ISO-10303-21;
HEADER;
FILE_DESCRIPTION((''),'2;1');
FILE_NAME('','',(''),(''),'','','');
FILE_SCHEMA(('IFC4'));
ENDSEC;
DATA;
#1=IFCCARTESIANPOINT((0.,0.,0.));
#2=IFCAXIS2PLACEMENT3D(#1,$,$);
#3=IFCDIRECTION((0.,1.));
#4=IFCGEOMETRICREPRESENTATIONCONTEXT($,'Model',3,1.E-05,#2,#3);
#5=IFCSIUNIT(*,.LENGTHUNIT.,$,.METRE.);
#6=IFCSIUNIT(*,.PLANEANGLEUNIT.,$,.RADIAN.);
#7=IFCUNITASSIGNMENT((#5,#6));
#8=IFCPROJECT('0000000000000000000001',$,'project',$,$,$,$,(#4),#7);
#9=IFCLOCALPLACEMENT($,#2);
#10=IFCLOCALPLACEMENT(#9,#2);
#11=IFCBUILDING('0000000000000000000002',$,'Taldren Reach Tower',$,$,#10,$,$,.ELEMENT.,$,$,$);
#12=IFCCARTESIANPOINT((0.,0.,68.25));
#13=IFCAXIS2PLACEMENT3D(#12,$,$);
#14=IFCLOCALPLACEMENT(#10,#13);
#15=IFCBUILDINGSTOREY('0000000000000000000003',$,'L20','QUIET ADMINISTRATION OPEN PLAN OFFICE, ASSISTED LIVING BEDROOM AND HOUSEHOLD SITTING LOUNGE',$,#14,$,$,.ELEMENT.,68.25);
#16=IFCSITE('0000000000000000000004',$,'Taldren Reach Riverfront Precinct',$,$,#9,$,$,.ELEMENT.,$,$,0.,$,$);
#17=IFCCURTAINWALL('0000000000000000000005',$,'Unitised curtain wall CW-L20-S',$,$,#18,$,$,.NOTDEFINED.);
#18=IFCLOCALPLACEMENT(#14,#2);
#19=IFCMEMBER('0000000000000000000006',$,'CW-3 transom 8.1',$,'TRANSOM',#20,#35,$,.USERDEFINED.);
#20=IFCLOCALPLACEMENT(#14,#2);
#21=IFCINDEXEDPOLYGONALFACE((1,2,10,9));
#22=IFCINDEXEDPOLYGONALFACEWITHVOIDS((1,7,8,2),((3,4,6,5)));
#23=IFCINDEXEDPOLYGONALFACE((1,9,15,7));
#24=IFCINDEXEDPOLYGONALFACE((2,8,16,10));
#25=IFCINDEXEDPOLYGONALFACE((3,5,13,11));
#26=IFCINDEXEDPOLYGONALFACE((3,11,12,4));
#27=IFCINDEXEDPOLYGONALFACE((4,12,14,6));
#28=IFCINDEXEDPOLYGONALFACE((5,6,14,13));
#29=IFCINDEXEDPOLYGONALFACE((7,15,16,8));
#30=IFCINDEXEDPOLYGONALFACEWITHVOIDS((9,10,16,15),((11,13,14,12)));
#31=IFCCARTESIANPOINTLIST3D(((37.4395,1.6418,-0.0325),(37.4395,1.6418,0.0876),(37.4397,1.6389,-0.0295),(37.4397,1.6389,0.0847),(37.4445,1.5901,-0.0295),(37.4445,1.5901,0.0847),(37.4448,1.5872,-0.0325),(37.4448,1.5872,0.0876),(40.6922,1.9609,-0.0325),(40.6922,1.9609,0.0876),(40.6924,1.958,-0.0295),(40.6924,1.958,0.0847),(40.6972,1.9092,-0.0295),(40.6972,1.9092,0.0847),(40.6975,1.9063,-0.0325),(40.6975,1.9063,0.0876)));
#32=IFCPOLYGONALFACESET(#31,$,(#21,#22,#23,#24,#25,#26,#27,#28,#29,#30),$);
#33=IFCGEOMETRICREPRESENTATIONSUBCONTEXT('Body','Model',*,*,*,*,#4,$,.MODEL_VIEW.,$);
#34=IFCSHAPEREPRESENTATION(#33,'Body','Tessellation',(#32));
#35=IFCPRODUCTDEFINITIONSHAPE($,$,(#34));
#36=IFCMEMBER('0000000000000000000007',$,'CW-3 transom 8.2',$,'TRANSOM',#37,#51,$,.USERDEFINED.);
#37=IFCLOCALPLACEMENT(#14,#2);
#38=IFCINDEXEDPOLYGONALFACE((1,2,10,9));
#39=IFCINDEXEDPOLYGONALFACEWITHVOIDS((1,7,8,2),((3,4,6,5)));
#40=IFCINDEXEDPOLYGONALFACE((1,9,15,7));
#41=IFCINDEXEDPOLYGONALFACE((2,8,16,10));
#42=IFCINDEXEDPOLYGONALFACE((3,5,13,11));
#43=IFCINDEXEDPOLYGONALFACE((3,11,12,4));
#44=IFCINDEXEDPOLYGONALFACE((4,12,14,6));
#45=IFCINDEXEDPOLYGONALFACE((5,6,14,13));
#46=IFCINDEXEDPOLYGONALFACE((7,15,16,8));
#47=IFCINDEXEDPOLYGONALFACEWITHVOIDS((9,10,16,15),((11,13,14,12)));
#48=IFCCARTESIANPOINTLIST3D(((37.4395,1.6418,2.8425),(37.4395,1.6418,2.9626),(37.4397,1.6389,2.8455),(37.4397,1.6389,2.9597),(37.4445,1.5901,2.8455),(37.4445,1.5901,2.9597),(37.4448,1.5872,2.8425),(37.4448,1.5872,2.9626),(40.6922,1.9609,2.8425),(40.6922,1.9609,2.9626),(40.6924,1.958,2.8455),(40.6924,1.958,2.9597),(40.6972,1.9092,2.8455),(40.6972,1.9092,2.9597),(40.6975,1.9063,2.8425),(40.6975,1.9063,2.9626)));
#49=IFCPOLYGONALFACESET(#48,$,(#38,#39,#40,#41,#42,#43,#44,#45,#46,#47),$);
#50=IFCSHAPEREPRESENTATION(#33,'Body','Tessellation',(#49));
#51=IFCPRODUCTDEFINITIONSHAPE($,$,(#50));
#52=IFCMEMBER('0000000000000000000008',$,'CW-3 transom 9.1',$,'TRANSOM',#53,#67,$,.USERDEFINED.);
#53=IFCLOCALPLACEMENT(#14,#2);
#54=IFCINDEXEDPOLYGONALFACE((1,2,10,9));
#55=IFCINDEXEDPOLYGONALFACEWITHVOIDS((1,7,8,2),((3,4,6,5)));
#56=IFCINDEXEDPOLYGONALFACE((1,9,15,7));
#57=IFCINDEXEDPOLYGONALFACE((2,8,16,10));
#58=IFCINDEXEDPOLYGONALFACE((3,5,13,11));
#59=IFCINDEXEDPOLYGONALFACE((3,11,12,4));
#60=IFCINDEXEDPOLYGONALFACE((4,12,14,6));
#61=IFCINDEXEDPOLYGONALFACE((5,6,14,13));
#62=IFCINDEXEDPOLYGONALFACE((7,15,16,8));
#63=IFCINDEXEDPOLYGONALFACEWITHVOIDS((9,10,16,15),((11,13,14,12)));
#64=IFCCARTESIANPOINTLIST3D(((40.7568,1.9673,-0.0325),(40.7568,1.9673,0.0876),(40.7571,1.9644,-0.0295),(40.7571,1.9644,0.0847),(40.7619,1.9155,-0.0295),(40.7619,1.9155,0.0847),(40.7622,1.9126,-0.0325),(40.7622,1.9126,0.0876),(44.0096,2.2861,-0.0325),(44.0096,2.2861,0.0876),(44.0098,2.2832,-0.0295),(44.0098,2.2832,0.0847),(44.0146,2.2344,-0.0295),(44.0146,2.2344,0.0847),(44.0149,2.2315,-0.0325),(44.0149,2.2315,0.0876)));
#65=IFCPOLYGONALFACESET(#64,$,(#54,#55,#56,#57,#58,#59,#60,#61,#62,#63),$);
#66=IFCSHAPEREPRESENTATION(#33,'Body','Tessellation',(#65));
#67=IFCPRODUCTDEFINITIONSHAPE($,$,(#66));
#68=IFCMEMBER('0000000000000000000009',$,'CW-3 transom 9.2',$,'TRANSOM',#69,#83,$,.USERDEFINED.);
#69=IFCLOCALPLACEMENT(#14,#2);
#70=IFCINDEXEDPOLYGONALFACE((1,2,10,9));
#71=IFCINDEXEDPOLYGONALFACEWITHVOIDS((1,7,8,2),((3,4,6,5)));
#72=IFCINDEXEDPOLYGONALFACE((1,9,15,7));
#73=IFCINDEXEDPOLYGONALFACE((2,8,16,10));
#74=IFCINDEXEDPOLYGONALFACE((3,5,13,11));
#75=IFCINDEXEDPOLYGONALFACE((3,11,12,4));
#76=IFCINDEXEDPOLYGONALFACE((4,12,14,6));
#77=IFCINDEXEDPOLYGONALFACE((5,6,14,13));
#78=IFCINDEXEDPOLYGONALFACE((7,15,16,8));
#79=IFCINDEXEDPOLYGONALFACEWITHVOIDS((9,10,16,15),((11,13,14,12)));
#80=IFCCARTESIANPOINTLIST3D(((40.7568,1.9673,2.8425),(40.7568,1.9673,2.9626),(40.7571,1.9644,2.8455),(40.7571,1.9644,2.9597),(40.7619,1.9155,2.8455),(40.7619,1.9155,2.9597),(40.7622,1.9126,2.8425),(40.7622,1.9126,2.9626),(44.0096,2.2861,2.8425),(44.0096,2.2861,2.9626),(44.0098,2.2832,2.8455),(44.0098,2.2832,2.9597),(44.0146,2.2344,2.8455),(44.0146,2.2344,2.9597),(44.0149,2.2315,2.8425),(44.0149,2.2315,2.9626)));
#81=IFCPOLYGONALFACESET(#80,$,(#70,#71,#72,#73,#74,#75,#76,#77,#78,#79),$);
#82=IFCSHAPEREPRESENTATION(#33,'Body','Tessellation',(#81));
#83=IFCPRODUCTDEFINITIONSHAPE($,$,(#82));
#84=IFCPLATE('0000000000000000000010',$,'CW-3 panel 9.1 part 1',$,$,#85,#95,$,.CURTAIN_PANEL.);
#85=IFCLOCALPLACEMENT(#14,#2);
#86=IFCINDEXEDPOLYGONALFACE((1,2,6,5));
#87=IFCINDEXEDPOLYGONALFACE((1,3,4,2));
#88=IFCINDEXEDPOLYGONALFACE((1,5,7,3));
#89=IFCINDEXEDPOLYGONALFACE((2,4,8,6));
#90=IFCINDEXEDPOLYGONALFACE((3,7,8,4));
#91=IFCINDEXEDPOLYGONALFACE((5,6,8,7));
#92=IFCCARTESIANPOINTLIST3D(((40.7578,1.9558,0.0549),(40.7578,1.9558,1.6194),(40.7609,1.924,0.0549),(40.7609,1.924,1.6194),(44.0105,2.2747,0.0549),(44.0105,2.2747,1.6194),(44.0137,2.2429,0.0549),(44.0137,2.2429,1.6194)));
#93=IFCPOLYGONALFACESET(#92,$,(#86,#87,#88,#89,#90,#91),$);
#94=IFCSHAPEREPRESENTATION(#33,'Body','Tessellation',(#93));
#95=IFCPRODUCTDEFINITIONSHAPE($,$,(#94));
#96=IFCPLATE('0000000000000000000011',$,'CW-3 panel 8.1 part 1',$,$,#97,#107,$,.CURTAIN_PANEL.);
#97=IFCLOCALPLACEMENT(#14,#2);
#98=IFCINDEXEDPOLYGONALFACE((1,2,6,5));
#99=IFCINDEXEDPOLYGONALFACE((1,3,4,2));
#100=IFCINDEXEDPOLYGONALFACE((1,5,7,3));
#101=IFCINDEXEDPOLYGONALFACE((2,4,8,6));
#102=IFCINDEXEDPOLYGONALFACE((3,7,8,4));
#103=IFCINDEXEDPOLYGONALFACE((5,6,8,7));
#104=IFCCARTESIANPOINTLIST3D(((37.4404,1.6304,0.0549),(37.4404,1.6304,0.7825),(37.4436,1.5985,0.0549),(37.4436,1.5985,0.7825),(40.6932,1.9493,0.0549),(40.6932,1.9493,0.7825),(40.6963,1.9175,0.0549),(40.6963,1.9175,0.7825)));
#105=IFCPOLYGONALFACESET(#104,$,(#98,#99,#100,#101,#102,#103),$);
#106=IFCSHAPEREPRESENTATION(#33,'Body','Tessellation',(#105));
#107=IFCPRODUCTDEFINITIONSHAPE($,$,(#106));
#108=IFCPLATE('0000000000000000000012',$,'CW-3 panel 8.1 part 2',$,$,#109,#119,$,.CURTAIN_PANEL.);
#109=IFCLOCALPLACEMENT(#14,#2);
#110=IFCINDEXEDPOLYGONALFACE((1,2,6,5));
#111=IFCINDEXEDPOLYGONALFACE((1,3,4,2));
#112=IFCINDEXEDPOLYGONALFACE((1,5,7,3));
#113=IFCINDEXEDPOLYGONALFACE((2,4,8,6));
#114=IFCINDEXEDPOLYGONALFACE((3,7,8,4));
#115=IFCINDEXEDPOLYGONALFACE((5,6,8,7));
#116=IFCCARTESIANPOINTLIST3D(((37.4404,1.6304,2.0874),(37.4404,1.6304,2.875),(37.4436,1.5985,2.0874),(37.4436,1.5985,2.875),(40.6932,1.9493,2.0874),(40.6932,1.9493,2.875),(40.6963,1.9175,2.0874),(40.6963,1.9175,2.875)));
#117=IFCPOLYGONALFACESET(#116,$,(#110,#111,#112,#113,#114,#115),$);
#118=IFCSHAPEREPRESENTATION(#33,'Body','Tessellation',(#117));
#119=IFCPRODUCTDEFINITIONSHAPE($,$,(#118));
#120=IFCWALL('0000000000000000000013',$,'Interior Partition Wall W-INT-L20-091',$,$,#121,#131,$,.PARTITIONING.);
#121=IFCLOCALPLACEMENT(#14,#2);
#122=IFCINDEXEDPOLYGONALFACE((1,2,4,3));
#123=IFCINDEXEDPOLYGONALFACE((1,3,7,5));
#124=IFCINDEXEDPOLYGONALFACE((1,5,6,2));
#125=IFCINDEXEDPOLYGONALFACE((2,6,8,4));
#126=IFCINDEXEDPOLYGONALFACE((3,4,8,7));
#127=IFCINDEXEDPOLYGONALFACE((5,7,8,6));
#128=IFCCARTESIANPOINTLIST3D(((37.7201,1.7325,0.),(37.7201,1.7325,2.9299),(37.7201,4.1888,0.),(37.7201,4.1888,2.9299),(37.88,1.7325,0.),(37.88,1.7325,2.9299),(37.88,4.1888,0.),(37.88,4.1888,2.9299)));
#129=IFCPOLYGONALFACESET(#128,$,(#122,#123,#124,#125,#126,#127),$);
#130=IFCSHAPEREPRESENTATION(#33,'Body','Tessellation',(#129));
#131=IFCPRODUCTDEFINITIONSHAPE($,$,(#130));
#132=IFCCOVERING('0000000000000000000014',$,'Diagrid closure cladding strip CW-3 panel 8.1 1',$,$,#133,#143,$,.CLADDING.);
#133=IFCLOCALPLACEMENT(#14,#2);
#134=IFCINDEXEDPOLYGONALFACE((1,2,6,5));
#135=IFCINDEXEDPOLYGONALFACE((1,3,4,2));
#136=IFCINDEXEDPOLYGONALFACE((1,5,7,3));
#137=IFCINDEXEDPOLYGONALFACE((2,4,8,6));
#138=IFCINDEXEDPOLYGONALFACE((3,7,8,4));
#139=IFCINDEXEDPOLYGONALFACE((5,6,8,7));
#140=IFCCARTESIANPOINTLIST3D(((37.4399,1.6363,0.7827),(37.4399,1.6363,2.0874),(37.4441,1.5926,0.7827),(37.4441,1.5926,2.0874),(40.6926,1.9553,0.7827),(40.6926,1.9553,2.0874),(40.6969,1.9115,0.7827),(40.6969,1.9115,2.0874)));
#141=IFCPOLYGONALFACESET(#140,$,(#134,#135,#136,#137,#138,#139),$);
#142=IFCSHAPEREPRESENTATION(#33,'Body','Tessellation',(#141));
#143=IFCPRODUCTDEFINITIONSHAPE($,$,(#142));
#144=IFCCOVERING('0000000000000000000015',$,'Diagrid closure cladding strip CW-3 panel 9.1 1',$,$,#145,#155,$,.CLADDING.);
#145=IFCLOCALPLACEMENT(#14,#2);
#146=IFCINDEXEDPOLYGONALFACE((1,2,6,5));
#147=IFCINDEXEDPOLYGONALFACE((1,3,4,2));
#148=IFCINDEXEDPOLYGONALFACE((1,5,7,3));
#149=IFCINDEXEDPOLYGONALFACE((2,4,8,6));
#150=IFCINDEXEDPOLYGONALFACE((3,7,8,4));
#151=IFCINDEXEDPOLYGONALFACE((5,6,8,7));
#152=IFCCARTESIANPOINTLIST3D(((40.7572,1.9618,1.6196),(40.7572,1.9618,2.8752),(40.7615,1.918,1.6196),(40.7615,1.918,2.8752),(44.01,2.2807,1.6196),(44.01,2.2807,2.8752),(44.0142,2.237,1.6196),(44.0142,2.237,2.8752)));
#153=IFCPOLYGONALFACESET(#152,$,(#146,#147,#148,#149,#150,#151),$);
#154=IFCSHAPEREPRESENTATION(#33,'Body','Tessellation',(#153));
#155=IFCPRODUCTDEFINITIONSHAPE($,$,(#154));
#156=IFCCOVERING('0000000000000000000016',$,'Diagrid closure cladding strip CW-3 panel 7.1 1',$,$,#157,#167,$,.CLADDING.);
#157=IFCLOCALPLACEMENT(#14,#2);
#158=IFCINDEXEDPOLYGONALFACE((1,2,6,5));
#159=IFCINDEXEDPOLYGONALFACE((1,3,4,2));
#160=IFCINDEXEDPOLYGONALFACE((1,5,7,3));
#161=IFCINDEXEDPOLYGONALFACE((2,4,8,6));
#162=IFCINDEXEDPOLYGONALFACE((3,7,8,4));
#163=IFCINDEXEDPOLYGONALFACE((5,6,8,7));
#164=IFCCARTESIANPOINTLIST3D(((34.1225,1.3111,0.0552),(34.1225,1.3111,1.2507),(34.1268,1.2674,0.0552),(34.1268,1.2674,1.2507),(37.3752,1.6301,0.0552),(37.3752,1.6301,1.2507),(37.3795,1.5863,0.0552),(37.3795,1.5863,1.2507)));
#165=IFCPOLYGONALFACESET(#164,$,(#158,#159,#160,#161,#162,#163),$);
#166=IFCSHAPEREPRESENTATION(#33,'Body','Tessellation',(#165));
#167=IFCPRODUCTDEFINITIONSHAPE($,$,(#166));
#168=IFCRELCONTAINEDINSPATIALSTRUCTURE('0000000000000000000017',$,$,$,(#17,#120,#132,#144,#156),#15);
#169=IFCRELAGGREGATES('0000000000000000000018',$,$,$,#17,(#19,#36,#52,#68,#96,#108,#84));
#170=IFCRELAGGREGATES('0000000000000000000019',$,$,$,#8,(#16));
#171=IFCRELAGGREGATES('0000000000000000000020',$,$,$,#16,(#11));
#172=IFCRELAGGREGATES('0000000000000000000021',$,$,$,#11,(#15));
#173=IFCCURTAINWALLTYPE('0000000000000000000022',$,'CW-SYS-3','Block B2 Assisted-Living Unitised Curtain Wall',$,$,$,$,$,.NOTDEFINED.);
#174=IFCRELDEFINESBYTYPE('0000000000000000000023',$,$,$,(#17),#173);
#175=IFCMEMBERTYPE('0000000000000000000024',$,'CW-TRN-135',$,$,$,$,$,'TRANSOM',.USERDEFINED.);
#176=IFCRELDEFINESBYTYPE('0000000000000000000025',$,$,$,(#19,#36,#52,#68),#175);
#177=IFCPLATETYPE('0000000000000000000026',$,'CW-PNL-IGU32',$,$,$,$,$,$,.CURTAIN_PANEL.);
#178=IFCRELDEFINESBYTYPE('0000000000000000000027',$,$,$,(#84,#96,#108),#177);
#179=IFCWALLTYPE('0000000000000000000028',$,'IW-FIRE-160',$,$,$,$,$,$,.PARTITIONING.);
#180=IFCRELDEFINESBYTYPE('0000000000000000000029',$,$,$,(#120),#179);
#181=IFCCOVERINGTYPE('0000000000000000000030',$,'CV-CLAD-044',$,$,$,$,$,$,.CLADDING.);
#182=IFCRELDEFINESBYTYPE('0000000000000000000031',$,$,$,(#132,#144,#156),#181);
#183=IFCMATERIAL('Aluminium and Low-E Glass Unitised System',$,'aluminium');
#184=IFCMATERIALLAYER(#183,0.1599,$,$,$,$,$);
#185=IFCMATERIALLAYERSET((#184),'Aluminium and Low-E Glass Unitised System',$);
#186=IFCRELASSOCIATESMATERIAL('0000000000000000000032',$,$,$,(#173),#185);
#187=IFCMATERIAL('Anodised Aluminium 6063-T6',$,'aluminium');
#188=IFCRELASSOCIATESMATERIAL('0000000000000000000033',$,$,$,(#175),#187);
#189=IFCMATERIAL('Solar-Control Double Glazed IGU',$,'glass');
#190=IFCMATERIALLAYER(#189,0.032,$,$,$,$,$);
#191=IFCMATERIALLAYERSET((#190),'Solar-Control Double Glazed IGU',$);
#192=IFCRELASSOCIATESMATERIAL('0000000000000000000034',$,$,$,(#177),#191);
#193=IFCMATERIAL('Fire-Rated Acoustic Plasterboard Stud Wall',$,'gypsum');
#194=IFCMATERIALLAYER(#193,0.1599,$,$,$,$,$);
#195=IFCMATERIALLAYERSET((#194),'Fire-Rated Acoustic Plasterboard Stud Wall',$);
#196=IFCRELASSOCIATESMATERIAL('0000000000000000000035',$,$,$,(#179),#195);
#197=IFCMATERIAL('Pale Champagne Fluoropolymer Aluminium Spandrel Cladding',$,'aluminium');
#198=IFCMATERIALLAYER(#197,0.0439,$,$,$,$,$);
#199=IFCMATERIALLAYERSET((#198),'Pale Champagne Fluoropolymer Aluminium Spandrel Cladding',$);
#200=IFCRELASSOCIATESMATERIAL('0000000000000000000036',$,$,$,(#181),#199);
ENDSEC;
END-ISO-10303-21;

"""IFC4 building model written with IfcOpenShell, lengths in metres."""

from ifc_helpers import new_model, si_unit, direction, frame, frame_2d, origin, origin_2d, place, context, subcontext, project, spatial, rectangle, hollow_rectangle, extrude, source, transform, mapped, material, layer, layer_set, material_profile, profile_set, type_object, element, aggregate, save


model = new_model("IFC4")

# Units and contexts
model_context = context("Model", 3, precision=1e-05, world=origin(), true_north=direction((0.0, 1.0)))
body_context = subcontext(model_context, "Body", "Model", "MODEL_VIEW")
ifc_project = project(units=[si_unit("LENGTHUNIT", "METRE"), si_unit("PLANEANGLEUNIT", "RADIAN")], contexts=[model_context])

# Site, building, storey
site_placement = place(None, origin())
site = spatial("IfcSite", under=ifc_project, at=site_placement, Name="Taldren Reach Riverfront Precinct", CompositionType="ELEMENT", RefElevation=0.0)
building_placement = place(site_placement, origin())
building = spatial("IfcBuilding", under=site, at=building_placement, Name="Taldren Reach Tower", CompositionType="ELEMENT")
storey_placement = place(building_placement, frame((0.0, 0.0, 68.25)))
storey = spatial("IfcBuildingStorey", under=building, at=storey_placement, Name="L20", Description="QUIET ADMINISTRATION OPEN PLAN OFFICE, ASSISTED LIVING BEDROOM AND HOUSEHOLD SITTING LOUNGE", CompositionType="ELEMENT", Elevation=68.25)

# Curtain wall, members, plates
ifc_material_1 = material(Name="Aluminium and Low-E Glass Unitised System", Category="aluminium")
ifc_layer_1 = layer(ifc_material_1, 0.1599)
ifc_layer_set_1 = layer_set([ifc_layer_1], Name="Aluminium and Low-E Glass Unitised System")
curtain_wall_type = type_object("IfcCurtainWallType", Name="CW-SYS-3", Description="Block B2 Assisted-Living Unitised Curtain Wall", PredefinedType="NOTDEFINED", material=ifc_layer_set_1)
curtain_wall_placement = place(storey_placement, origin())
curtain_wall = element("IfcCurtainWall", 1, at=curtain_wall_placement, inside=storey, type_object=curtain_wall_type, Name="Unitised curtain wall CW-L20-S", PredefinedType="NOTDEFINED")
ifc_material_2 = material(Name="Anodised Aluminium 6063-T6", Category="aluminium")
ifc_material_profile_1 = material_profile(ifc_material_2, hollow_rectangle(XDim=0.0549, YDim=0.1201, WallThickness=0.0029, at=origin_2d()), Name="ALU-120x55x3RHS")
ifc_profile_set_1 = profile_set([ifc_material_profile_1], Name="Anodised Aluminium 6063-T6")
member_type_1 = type_object("IfcMemberType", Name="CW-TRN-135", ElementType="TRANSOM", PredefinedType="USERDEFINED", material=ifc_profile_set_1)
shared_shape_1 = source(origin(), body_context, "Body", "SweptSolid", [
    extrude(hollow_rectangle(XDim=0.0549, YDim=0.1201, WallThickness=0.0029, at=origin_2d()), origin(), (0.0, 0.0, 1.0), 3.2683),
])
member_1_placement = place(storey_placement, frame((37.4421, 1.6145, 0.0276), z_axis=(0.995223, 0.097632, 0.0), x_axis=(-0.097632, 0.995223, 0.0)))
member_1 = element("IfcMember", 2, at=member_1_placement, type_object=member_type_1, Name="CW-3 transom 8.1", ObjectType="TRANSOM", PredefinedType="USERDEFINED", context=body_context, shape_type="MappedRepresentation", body=[
    mapped(shared_shape_1, transform((0.0, 0.0, 0.0), scale=1.0)),
])
member_2_placement = place(storey_placement, frame((37.4421, 1.6145, 2.9026), z_axis=(0.995223, 0.097632, 0.0), x_axis=(-0.097632, 0.995223, 0.0)))
member_2 = element("IfcMember", 3, at=member_2_placement, type_object=member_type_1, Name="CW-3 transom 8.2", ObjectType="TRANSOM", PredefinedType="USERDEFINED", context=body_context, shape_type="MappedRepresentation", body=[
    mapped(shared_shape_1, transform((0.0, 0.0, 0.0), scale=1.0)),
])
member_3_placement = place(storey_placement, frame((40.7595, 1.9399, 0.0276), z_axis=(0.99523, 0.097558, 0.0), x_axis=(-0.097558, 0.99523, 0.0)))
member_3 = element("IfcMember", 4, at=member_3_placement, type_object=member_type_1, Name="CW-3 transom 9.1", ObjectType="TRANSOM", PredefinedType="USERDEFINED", context=body_context, shape_type="MappedRepresentation", body=[
    mapped(shared_shape_1, transform((0.0, 0.0, 0.0), scale=1.0)),
])
member_4_placement = place(storey_placement, frame((40.7595, 1.9399, 2.9026), z_axis=(0.99523, 0.097558, 0.0), x_axis=(-0.097558, 0.99523, 0.0)))
member_4 = element("IfcMember", 5, at=member_4_placement, type_object=member_type_1, Name="CW-3 transom 9.2", ObjectType="TRANSOM", PredefinedType="USERDEFINED", context=body_context, shape_type="MappedRepresentation", body=[
    mapped(shared_shape_1, transform((0.0, 0.0, 0.0), scale=1.0)),
])
ifc_material_3 = material(Name="Solar-Control Double Glazed IGU", Category="glass")
ifc_layer_2 = layer(ifc_material_3, 0.032)
ifc_layer_set_2 = layer_set([ifc_layer_2], Name="Solar-Control Double Glazed IGU")
plate_type = type_object("IfcPlateType", Name="CW-PNL-IGU32", PredefinedType="CURTAIN_PANEL", material=ifc_layer_set_2)
shared_shape_2 = source(origin(), body_context, "Body", "SweptSolid", [
    extrude(rectangle(XDim=3.2683, YDim=0.032, at=origin_2d()), origin(), (0.0, 0.0, 1.0), 1.5645),
])
plate_1_placement = place(storey_placement, frame((42.3857, 2.0994, 0.0549), z_axis=(0.0, 0.0, 1.0), x_axis=(0.995227, 0.097583, 0.0)))
plate_1 = element("IfcPlate", 6, at=plate_1_placement, type_object=plate_type, Name="CW-3 panel 9.1 part 1", PredefinedType="CURTAIN_PANEL", context=body_context, shape_type="MappedRepresentation", body=[
    mapped(shared_shape_2, transform((0.0, 0.0, 0.0), scale=1.0)),
])
shared_shape_3 = source(origin(), body_context, "Body", "SweptSolid", [
    extrude(rectangle(XDim=3.2683, YDim=0.032, at=origin_2d()), origin(), (0.0, 0.0, 1.0), 0.7275),
])
plate_2_placement = place(storey_placement, frame((39.0684, 1.7739, 0.0549), z_axis=(0.0, 0.0, 1.0), x_axis=(0.995227, 0.097583, 0.0)))
plate_2 = element("IfcPlate", 7, at=plate_2_placement, type_object=plate_type, Name="CW-3 panel 8.1 part 1", PredefinedType="CURTAIN_PANEL", context=body_context, shape_type="MappedRepresentation", body=[
    mapped(shared_shape_3, transform((0.0, 0.0, 0.0), scale=1.0)),
])
shared_shape_4 = source(origin(), body_context, "Body", "SweptSolid", [
    extrude(rectangle(XDim=3.2683, YDim=0.032, at=origin_2d()), origin(), (0.0, 0.0, 1.0), 0.7876),
])
plate_3_placement = place(storey_placement, frame((39.0684, 1.7739, 2.0874), z_axis=(0.0, 0.0, 1.0), x_axis=(0.995227, 0.097583, 0.0)))
plate_3 = element("IfcPlate", 8, at=plate_3_placement, type_object=plate_type, Name="CW-3 panel 8.1 part 2", PredefinedType="CURTAIN_PANEL", context=body_context, shape_type="MappedRepresentation", body=[
    mapped(shared_shape_4, transform((0.0, 0.0, 0.0), scale=1.0)),
])
aggregate(curtain_wall, [member_1, member_2, member_3, member_4, plate_2, plate_3, plate_1])

# Wall
ifc_material_4 = material(Name="Fire-Rated Acoustic Plasterboard Stud Wall", Category="gypsum")
ifc_layer_3 = layer(ifc_material_4, 0.1599)
ifc_layer_set_3 = layer_set([ifc_layer_3], Name="Fire-Rated Acoustic Plasterboard Stud Wall")
wall_type = type_object("IfcWallType", Name="IW-FIRE-160", PredefinedType="PARTITIONING", material=ifc_layer_set_3)
shared_shape_5 = source(origin(), body_context, "Body", "SweptSolid", [
    extrude(rectangle(XDim=2.4563, YDim=0.1599, at=frame_2d((1.228, 0.0))), origin(), (0.0, 0.0, 1.0), 2.9299),
])
wall_placement = place(storey_placement, frame((37.8, 4.1887, 0.0), z_axis=(0.0, 0.0, 1.0), x_axis=(0.0, -1.0, 0.0)))
element("IfcWall", 9, at=wall_placement, inside=storey, type_object=wall_type, Name="Interior Partition Wall W-INT-L20-091", PredefinedType="PARTITIONING", context=body_context, shape_type="MappedRepresentation", body=[
    mapped(shared_shape_5, transform((0.0, 0.0, 0.0), scale=1.0)),
])

# Coverings
ifc_material_5 = material(Name="Pale Champagne Fluoropolymer Aluminium Spandrel Cladding", Category="aluminium")
ifc_layer_4 = layer(ifc_material_5, 0.0439)
ifc_layer_set_4 = layer_set([ifc_layer_4], Name="Pale Champagne Fluoropolymer Aluminium Spandrel Cladding")
covering_type = type_object("IfcCoveringType", Name="CV-CLAD-044", PredefinedType="CLADDING", material=ifc_layer_set_4)
shared_shape_6 = source(origin(), body_context, "Body", "SweptSolid", [
    extrude(rectangle(XDim=3.2683, YDim=0.0439, at=origin_2d()), origin(), (0.0, 0.0, 1.0), 1.3047),
])
covering_1_placement = place(storey_placement, frame((39.0684, 1.7739, 0.7827), z_axis=(0.0, 0.0, 1.0), x_axis=(0.995227, 0.097583, 0.0)))
element("IfcCovering", 10, at=covering_1_placement, inside=storey, type_object=covering_type, Name="Diagrid closure cladding strip CW-3 panel 8.1 1", PredefinedType="CLADDING", context=body_context, shape_type="MappedRepresentation", body=[
    mapped(shared_shape_6, transform((0.0, 0.0, 0.0), scale=1.0)),
])
shared_shape_7 = source(origin(), body_context, "Body", "SweptSolid", [
    extrude(rectangle(XDim=3.2683, YDim=0.0439, at=origin_2d()), origin(), (0.0, 0.0, 1.0), 1.2556),
])
covering_2_placement = place(storey_placement, frame((42.3857, 2.0994, 1.6196), z_axis=(0.0, 0.0, 1.0), x_axis=(0.995227, 0.097583, 0.0)))
element("IfcCovering", 11, at=covering_2_placement, inside=storey, type_object=covering_type, Name="Diagrid closure cladding strip CW-3 panel 9.1 1", PredefinedType="CLADDING", context=body_context, shape_type="MappedRepresentation", body=[
    mapped(shared_shape_7, transform((0.0, 0.0, 0.0), scale=1.0)),
])
shared_shape_8 = source(origin(), body_context, "Body", "SweptSolid", [
    extrude(rectangle(XDim=3.2683, YDim=0.0439, at=origin_2d()), origin(), (0.0, 0.0, 1.0), 1.1956),
])
covering_3_placement = place(storey_placement, frame((35.751, 1.4487, 0.0552), z_axis=(0.0, 0.0, 1.0), x_axis=(0.995227, 0.097583, 0.0)))
element("IfcCovering", 12, at=covering_3_placement, inside=storey, type_object=covering_type, Name="Diagrid closure cladding strip CW-3 panel 7.1 1", PredefinedType="CLADDING", context=body_context, shape_type="MappedRepresentation", body=[
    mapped(shared_shape_8, transform((0.0, 0.0, 0.0), scale=1.0)),
])

save(model, "model.ifc")
